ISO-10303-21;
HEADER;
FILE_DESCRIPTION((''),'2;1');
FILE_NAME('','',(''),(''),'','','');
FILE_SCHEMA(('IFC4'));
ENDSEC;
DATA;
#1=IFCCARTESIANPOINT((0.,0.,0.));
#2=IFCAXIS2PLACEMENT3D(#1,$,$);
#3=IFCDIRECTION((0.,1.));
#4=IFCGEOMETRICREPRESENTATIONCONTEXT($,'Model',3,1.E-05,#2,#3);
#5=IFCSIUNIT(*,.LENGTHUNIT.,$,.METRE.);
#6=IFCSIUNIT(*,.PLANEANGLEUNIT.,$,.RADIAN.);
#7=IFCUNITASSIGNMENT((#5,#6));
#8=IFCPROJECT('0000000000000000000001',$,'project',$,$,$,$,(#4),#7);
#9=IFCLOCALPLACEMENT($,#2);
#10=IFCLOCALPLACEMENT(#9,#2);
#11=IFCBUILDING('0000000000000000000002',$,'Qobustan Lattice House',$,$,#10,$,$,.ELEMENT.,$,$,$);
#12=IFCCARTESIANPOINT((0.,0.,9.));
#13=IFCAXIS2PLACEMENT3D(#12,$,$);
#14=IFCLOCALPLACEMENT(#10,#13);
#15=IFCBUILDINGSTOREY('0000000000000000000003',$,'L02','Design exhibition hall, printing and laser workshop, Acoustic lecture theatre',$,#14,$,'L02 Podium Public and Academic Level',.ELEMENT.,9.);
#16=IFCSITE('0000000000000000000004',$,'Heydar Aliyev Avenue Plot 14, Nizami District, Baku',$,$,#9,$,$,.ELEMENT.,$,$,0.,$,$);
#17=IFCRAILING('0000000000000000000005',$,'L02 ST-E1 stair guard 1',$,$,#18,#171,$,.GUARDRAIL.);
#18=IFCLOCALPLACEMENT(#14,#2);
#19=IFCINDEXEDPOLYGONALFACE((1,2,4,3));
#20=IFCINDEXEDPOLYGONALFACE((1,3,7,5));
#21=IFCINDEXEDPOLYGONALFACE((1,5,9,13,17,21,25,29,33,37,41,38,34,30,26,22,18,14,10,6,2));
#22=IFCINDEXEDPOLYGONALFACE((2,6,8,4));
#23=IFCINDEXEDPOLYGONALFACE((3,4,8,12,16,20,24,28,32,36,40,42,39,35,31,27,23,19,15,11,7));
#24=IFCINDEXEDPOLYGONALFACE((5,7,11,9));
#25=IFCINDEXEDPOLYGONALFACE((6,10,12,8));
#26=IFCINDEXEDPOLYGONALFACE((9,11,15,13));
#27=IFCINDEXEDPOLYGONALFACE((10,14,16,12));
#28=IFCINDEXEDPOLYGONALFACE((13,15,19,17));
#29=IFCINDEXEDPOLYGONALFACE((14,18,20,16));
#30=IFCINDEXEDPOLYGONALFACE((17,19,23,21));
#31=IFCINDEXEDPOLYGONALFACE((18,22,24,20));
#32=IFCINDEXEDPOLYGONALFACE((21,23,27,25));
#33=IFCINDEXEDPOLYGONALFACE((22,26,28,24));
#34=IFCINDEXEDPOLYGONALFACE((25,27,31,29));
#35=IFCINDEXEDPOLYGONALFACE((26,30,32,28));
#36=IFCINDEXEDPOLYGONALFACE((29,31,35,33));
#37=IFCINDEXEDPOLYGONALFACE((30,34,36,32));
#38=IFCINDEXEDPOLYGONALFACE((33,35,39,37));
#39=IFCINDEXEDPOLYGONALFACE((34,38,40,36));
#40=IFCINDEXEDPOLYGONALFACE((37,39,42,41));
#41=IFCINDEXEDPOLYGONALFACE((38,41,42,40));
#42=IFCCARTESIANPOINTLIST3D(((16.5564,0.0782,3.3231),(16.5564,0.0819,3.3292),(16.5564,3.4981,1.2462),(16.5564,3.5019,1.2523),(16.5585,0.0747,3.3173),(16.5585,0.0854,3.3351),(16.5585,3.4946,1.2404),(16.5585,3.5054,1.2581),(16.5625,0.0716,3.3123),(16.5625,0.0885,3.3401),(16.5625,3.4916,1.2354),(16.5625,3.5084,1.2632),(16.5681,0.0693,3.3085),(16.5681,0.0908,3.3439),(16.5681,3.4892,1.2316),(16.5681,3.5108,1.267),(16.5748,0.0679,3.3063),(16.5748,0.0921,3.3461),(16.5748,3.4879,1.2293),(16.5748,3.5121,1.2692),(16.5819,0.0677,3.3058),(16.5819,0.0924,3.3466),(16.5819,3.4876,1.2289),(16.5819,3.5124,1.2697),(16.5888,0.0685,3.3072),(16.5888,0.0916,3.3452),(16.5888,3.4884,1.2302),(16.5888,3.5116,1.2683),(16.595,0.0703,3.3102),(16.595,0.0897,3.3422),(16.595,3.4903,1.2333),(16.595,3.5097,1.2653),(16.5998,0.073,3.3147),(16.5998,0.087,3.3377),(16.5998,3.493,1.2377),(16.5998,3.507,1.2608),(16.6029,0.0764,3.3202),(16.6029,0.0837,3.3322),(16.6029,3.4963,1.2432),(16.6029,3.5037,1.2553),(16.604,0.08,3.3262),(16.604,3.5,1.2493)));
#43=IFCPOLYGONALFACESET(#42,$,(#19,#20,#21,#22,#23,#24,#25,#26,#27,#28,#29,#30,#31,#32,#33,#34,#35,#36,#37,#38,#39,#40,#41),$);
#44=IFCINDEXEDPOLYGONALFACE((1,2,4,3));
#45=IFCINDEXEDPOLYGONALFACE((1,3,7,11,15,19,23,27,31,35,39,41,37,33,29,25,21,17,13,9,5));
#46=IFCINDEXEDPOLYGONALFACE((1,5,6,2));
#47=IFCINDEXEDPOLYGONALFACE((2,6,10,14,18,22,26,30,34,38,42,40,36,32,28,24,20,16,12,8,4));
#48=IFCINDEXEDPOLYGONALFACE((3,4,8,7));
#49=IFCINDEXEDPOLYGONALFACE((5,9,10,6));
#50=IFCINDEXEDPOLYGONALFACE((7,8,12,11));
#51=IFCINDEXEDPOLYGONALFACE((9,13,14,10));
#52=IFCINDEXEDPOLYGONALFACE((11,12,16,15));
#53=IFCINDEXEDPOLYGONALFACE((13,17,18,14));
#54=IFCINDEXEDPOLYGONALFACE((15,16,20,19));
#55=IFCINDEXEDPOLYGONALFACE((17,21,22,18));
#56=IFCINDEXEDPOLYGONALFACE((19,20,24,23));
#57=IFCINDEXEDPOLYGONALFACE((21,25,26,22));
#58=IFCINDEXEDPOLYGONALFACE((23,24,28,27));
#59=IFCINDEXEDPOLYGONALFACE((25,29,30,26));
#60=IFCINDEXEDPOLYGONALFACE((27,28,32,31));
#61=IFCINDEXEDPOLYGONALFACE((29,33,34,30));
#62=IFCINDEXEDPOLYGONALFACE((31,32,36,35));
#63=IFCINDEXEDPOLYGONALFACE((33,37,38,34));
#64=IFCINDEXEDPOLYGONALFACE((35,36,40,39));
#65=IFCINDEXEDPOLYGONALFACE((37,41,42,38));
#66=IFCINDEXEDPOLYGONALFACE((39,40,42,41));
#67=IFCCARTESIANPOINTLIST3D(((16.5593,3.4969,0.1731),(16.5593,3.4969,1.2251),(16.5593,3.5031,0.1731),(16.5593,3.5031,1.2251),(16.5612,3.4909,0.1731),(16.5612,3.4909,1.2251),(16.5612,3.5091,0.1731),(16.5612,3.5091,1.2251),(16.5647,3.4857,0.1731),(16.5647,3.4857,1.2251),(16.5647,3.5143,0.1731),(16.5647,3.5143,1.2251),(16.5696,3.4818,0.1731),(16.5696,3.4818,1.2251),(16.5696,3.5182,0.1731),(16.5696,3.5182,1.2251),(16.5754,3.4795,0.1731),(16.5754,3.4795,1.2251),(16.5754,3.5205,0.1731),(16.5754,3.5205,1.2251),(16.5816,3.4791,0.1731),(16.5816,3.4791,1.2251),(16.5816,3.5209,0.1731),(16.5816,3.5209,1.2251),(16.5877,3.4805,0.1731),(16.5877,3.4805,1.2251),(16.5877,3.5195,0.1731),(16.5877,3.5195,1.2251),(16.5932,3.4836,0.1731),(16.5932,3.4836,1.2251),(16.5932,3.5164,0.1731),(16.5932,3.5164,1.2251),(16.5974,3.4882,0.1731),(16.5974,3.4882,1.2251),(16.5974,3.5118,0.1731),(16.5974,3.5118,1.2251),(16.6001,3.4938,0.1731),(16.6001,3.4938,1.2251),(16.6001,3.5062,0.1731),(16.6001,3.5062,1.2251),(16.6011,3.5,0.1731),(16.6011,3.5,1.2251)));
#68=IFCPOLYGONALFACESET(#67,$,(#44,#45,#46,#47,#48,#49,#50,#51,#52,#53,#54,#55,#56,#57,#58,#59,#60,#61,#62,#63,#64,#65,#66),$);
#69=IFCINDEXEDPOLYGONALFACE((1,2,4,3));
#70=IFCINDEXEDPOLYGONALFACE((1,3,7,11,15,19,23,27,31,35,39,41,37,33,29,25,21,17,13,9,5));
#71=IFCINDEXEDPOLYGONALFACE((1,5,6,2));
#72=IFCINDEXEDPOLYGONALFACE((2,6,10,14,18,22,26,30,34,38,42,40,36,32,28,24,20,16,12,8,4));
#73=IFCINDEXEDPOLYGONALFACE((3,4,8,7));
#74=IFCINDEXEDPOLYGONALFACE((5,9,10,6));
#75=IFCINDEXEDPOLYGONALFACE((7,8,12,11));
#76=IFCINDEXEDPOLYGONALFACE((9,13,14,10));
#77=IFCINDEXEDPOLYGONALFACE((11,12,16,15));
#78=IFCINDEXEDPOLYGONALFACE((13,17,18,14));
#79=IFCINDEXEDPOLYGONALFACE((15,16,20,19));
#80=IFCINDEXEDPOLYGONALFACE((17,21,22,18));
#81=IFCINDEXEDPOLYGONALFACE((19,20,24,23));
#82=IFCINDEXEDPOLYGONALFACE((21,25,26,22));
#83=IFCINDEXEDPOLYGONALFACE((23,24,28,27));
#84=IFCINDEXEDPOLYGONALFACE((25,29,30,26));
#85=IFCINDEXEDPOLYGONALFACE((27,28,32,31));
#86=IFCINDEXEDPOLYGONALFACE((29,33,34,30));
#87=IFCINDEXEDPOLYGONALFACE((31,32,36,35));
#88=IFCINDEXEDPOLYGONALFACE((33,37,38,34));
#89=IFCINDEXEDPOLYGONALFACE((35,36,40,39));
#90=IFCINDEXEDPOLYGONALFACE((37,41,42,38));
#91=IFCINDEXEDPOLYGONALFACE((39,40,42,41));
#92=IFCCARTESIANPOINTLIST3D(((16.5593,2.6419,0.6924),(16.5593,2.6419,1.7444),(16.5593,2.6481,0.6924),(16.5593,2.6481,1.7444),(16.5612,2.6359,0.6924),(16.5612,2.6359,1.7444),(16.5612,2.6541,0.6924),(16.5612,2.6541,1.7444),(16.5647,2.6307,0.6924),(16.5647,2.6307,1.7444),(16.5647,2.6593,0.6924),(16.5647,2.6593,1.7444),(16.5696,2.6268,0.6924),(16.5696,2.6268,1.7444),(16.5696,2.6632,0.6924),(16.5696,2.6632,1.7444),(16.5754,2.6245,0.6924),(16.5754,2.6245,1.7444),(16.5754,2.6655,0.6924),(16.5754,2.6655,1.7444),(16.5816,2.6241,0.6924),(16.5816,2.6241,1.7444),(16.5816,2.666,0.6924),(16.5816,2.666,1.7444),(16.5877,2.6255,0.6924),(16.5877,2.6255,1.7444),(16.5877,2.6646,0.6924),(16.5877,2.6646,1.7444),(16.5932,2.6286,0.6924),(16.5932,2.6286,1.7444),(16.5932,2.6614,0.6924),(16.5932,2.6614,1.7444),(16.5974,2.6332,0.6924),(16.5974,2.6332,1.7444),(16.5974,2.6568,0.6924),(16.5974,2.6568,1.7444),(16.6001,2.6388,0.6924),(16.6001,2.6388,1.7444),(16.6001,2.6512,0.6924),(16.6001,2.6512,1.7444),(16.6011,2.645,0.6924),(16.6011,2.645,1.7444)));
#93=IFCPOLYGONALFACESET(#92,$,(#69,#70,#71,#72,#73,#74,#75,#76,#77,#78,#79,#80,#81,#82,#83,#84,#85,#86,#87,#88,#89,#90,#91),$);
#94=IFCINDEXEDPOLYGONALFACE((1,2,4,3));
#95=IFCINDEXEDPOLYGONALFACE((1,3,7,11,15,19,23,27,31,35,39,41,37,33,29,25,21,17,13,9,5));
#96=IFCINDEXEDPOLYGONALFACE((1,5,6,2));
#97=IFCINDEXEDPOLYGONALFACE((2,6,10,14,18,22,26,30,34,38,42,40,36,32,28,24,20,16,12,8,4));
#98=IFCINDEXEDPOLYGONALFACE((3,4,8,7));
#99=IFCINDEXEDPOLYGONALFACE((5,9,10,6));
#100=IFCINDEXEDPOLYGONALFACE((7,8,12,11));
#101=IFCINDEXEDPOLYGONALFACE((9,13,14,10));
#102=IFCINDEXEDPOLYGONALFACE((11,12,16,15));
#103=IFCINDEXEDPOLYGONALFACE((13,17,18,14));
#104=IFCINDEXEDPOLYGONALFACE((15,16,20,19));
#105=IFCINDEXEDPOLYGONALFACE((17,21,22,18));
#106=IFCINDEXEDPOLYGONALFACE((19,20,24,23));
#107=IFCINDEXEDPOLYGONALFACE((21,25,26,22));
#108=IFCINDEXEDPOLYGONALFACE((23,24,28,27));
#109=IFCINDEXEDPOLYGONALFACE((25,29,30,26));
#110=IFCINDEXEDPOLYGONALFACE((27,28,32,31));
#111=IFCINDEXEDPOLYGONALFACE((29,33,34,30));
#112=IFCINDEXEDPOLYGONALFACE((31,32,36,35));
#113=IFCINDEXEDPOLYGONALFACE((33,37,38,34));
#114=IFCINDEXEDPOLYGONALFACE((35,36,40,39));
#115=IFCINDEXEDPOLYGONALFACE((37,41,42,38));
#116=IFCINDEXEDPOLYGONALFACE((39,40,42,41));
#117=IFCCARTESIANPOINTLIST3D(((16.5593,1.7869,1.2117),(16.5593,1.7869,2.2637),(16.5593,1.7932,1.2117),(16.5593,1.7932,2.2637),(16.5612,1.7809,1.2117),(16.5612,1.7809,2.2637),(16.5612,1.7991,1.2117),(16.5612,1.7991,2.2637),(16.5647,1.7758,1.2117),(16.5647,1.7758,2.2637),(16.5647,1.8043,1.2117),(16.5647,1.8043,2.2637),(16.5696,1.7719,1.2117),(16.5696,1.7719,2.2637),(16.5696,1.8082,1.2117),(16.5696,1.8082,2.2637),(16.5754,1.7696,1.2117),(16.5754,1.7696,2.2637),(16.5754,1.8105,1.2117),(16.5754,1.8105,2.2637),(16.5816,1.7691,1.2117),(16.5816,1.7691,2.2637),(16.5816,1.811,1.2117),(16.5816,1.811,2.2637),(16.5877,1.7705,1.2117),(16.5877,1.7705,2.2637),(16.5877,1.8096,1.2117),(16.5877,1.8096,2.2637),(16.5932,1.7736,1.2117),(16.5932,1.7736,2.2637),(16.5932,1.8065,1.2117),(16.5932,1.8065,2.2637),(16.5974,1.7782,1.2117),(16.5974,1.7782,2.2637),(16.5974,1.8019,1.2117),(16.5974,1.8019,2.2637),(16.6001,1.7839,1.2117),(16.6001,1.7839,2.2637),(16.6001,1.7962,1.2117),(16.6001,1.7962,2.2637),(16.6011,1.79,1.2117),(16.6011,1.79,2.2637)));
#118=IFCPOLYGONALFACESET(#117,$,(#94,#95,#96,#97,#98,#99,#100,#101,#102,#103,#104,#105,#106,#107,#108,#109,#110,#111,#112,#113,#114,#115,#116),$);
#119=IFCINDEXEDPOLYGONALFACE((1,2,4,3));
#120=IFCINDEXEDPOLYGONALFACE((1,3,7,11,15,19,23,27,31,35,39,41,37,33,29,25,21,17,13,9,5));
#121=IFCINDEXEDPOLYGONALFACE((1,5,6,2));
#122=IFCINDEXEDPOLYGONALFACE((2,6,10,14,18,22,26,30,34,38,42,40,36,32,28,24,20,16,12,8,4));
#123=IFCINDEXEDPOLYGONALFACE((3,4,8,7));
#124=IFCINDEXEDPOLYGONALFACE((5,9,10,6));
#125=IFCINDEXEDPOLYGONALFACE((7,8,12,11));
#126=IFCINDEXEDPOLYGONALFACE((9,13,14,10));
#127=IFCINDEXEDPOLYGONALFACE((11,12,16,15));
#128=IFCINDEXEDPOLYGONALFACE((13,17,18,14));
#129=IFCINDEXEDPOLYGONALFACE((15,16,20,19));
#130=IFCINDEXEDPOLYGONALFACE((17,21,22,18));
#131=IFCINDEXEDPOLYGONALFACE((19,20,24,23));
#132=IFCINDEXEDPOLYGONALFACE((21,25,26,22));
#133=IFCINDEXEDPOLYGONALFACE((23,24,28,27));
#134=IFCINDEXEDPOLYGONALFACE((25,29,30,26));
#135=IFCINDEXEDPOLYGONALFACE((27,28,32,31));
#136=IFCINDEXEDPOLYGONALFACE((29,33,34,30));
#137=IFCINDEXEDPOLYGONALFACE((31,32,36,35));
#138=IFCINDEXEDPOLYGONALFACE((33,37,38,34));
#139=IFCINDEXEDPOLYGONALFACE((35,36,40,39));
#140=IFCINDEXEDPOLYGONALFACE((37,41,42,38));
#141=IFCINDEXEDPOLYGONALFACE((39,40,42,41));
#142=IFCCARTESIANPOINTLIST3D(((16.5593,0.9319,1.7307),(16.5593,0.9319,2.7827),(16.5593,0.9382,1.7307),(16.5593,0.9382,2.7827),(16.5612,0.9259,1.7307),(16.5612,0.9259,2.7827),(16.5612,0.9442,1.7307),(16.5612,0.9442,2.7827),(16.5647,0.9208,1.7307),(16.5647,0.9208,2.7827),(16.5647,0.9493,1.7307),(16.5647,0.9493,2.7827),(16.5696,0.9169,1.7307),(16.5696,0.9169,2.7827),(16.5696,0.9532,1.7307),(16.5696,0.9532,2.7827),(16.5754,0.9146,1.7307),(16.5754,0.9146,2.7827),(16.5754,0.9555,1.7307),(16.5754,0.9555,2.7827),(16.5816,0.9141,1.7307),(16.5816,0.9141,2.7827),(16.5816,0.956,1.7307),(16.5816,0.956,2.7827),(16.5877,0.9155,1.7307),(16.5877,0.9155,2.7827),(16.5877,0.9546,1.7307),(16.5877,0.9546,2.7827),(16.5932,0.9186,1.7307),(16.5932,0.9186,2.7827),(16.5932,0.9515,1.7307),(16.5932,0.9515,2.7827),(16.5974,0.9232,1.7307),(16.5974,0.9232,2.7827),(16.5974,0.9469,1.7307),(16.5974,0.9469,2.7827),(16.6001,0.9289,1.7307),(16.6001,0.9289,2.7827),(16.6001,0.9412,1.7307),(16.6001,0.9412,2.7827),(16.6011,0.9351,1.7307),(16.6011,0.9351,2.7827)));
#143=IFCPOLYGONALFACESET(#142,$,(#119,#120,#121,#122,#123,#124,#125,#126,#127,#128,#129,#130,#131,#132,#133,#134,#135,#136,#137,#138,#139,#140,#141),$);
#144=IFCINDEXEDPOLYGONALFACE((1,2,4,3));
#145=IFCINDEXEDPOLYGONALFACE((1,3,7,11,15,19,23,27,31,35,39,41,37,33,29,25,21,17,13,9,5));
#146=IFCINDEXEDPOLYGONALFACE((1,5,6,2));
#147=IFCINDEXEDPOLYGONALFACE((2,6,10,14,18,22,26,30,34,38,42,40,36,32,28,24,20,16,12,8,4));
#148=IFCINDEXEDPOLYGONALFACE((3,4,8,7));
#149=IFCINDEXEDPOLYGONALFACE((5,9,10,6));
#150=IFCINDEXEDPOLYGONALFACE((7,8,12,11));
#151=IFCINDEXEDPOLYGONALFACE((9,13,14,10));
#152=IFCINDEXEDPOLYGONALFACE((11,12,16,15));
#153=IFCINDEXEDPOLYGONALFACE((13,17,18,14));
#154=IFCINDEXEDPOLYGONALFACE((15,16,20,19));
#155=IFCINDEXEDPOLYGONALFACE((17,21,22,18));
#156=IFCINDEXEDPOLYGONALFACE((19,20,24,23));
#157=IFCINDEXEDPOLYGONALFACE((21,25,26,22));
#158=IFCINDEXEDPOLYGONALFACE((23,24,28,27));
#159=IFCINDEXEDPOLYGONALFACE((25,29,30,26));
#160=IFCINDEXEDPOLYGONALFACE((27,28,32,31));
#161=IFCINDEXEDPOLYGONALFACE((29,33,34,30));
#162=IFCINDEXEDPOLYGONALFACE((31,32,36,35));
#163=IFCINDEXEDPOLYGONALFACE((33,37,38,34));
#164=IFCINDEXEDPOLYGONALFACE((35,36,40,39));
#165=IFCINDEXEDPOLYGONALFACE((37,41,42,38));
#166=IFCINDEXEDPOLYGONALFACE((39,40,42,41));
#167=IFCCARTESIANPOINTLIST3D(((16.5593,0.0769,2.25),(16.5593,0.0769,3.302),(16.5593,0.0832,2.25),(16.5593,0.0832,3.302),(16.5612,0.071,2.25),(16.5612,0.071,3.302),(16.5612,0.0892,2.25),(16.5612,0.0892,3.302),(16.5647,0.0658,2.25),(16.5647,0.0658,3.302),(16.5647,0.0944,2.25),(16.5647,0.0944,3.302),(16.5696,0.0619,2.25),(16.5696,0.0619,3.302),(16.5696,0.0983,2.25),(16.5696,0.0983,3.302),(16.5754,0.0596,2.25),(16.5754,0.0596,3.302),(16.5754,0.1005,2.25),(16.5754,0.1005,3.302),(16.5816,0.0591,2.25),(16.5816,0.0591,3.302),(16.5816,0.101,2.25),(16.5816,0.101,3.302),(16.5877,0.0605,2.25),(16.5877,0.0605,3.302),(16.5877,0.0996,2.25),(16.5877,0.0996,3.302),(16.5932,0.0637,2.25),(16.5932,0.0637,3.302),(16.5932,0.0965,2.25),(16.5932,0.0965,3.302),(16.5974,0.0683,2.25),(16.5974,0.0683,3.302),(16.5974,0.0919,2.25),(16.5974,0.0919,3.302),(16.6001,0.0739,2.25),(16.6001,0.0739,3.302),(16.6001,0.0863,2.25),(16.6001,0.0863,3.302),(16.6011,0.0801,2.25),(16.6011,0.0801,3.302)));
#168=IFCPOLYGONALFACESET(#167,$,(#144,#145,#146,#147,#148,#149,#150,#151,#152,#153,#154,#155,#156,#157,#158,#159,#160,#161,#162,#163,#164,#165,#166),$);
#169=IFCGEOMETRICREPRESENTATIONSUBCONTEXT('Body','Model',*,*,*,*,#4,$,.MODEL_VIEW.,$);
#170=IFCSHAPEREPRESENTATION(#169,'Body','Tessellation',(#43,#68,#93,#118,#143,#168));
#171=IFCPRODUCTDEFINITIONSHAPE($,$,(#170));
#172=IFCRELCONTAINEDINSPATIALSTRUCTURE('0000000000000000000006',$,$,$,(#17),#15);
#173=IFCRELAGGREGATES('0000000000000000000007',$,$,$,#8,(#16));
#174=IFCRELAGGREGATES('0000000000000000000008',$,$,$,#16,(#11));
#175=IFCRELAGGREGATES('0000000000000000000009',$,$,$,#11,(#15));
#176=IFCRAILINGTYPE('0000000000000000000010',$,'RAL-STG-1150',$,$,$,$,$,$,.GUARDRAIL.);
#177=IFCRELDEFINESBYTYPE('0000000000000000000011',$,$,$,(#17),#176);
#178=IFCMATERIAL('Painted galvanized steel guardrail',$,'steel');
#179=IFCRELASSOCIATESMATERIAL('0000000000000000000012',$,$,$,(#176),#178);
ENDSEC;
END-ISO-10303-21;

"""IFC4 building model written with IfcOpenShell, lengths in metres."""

from ifc_helpers import new_model, si_unit, direction, frame, origin, origin_2d, place, context, subcontext, project, spatial, circle, extrude, material, type_object, element, save


model = new_model("IFC4")

# Units and contexts
model_context = context("Model", 3, precision=1e-05, world=origin(), true_north=direction((0.0, 1.0)))
body_context = subcontext(model_context, "Body", "Model", "MODEL_VIEW")
ifc_project = project(units=[si_unit("LENGTHUNIT", "METRE"), si_unit("PLANEANGLEUNIT", "RADIAN")], contexts=[model_context])

# Site, building, storey
site_placement = place(None, origin())
site = spatial("IfcSite", under=ifc_project, at=site_placement, Name="Heydar Aliyev Avenue Plot 14, Nizami District, Baku", CompositionType="ELEMENT", RefElevation=0.0)
building_placement = place(site_placement, origin())
building = spatial("IfcBuilding", under=site, at=building_placement, Name="Qobustan Lattice House", CompositionType="ELEMENT")
storey_placement = place(building_placement, frame((0.0, 0.0, 9.0)))
storey = spatial("IfcBuildingStorey", under=building, at=storey_placement, Name="L02", Description="Design exhibition hall, printing and laser workshop, Acoustic lecture theatre", LongName="L02 Podium Public and Academic Level", CompositionType="ELEMENT", Elevation=9.0)

# Railing
ifc_material_1 = material(Name="Painted galvanized steel guardrail", Category="steel")
railing_type_1 = type_object("IfcRailingType", Name="RAL-STG-1150", PredefinedType="GUARDRAIL", material=ifc_material_1)
railing_1_placement = place(storey_placement, frame((16.5801, 3.5, 0.1731)))
element("IfcRailing", 1, at=railing_1_placement, inside=storey, type_object=railing_type_1, Name="L02 ST-E1 stair guard 1", PredefinedType="GUARDRAIL", context=body_context, shape_type="SweptSolid", body=[
    extrude(circle(Radius=0.0239, at=origin_2d()), frame((0.0, 0.0, 1.0762), z_axis=(0.0, -0.85473, 0.519074), x_axis=(1.0, 0.0, 0.0)), (0.0, 0.0, 1.0), 4.0012),
    extrude(circle(Radius=0.021, at=origin_2d()), origin(), (0.0, 0.0, 1.0), 1.052),
    extrude(circle(Radius=0.021, at=origin_2d()), frame((0.0, -0.855, 0.5193)), (0.0, 0.0, 1.0), 1.052),
    extrude(circle(Radius=0.021, at=origin_2d()), frame((0.0, -1.71, 1.0386)), (0.0, 0.0, 1.0), 1.052),
    extrude(circle(Radius=0.021, at=origin_2d()), frame((0.0, -2.5649, 1.5576)), (0.0, 0.0, 1.0), 1.052),
    extrude(circle(Radius=0.021, at=origin_2d()), frame((0.0, -3.4199, 2.0769)), (0.0, 0.0, 1.0), 1.052),
])

save(model, "model.ifc")
